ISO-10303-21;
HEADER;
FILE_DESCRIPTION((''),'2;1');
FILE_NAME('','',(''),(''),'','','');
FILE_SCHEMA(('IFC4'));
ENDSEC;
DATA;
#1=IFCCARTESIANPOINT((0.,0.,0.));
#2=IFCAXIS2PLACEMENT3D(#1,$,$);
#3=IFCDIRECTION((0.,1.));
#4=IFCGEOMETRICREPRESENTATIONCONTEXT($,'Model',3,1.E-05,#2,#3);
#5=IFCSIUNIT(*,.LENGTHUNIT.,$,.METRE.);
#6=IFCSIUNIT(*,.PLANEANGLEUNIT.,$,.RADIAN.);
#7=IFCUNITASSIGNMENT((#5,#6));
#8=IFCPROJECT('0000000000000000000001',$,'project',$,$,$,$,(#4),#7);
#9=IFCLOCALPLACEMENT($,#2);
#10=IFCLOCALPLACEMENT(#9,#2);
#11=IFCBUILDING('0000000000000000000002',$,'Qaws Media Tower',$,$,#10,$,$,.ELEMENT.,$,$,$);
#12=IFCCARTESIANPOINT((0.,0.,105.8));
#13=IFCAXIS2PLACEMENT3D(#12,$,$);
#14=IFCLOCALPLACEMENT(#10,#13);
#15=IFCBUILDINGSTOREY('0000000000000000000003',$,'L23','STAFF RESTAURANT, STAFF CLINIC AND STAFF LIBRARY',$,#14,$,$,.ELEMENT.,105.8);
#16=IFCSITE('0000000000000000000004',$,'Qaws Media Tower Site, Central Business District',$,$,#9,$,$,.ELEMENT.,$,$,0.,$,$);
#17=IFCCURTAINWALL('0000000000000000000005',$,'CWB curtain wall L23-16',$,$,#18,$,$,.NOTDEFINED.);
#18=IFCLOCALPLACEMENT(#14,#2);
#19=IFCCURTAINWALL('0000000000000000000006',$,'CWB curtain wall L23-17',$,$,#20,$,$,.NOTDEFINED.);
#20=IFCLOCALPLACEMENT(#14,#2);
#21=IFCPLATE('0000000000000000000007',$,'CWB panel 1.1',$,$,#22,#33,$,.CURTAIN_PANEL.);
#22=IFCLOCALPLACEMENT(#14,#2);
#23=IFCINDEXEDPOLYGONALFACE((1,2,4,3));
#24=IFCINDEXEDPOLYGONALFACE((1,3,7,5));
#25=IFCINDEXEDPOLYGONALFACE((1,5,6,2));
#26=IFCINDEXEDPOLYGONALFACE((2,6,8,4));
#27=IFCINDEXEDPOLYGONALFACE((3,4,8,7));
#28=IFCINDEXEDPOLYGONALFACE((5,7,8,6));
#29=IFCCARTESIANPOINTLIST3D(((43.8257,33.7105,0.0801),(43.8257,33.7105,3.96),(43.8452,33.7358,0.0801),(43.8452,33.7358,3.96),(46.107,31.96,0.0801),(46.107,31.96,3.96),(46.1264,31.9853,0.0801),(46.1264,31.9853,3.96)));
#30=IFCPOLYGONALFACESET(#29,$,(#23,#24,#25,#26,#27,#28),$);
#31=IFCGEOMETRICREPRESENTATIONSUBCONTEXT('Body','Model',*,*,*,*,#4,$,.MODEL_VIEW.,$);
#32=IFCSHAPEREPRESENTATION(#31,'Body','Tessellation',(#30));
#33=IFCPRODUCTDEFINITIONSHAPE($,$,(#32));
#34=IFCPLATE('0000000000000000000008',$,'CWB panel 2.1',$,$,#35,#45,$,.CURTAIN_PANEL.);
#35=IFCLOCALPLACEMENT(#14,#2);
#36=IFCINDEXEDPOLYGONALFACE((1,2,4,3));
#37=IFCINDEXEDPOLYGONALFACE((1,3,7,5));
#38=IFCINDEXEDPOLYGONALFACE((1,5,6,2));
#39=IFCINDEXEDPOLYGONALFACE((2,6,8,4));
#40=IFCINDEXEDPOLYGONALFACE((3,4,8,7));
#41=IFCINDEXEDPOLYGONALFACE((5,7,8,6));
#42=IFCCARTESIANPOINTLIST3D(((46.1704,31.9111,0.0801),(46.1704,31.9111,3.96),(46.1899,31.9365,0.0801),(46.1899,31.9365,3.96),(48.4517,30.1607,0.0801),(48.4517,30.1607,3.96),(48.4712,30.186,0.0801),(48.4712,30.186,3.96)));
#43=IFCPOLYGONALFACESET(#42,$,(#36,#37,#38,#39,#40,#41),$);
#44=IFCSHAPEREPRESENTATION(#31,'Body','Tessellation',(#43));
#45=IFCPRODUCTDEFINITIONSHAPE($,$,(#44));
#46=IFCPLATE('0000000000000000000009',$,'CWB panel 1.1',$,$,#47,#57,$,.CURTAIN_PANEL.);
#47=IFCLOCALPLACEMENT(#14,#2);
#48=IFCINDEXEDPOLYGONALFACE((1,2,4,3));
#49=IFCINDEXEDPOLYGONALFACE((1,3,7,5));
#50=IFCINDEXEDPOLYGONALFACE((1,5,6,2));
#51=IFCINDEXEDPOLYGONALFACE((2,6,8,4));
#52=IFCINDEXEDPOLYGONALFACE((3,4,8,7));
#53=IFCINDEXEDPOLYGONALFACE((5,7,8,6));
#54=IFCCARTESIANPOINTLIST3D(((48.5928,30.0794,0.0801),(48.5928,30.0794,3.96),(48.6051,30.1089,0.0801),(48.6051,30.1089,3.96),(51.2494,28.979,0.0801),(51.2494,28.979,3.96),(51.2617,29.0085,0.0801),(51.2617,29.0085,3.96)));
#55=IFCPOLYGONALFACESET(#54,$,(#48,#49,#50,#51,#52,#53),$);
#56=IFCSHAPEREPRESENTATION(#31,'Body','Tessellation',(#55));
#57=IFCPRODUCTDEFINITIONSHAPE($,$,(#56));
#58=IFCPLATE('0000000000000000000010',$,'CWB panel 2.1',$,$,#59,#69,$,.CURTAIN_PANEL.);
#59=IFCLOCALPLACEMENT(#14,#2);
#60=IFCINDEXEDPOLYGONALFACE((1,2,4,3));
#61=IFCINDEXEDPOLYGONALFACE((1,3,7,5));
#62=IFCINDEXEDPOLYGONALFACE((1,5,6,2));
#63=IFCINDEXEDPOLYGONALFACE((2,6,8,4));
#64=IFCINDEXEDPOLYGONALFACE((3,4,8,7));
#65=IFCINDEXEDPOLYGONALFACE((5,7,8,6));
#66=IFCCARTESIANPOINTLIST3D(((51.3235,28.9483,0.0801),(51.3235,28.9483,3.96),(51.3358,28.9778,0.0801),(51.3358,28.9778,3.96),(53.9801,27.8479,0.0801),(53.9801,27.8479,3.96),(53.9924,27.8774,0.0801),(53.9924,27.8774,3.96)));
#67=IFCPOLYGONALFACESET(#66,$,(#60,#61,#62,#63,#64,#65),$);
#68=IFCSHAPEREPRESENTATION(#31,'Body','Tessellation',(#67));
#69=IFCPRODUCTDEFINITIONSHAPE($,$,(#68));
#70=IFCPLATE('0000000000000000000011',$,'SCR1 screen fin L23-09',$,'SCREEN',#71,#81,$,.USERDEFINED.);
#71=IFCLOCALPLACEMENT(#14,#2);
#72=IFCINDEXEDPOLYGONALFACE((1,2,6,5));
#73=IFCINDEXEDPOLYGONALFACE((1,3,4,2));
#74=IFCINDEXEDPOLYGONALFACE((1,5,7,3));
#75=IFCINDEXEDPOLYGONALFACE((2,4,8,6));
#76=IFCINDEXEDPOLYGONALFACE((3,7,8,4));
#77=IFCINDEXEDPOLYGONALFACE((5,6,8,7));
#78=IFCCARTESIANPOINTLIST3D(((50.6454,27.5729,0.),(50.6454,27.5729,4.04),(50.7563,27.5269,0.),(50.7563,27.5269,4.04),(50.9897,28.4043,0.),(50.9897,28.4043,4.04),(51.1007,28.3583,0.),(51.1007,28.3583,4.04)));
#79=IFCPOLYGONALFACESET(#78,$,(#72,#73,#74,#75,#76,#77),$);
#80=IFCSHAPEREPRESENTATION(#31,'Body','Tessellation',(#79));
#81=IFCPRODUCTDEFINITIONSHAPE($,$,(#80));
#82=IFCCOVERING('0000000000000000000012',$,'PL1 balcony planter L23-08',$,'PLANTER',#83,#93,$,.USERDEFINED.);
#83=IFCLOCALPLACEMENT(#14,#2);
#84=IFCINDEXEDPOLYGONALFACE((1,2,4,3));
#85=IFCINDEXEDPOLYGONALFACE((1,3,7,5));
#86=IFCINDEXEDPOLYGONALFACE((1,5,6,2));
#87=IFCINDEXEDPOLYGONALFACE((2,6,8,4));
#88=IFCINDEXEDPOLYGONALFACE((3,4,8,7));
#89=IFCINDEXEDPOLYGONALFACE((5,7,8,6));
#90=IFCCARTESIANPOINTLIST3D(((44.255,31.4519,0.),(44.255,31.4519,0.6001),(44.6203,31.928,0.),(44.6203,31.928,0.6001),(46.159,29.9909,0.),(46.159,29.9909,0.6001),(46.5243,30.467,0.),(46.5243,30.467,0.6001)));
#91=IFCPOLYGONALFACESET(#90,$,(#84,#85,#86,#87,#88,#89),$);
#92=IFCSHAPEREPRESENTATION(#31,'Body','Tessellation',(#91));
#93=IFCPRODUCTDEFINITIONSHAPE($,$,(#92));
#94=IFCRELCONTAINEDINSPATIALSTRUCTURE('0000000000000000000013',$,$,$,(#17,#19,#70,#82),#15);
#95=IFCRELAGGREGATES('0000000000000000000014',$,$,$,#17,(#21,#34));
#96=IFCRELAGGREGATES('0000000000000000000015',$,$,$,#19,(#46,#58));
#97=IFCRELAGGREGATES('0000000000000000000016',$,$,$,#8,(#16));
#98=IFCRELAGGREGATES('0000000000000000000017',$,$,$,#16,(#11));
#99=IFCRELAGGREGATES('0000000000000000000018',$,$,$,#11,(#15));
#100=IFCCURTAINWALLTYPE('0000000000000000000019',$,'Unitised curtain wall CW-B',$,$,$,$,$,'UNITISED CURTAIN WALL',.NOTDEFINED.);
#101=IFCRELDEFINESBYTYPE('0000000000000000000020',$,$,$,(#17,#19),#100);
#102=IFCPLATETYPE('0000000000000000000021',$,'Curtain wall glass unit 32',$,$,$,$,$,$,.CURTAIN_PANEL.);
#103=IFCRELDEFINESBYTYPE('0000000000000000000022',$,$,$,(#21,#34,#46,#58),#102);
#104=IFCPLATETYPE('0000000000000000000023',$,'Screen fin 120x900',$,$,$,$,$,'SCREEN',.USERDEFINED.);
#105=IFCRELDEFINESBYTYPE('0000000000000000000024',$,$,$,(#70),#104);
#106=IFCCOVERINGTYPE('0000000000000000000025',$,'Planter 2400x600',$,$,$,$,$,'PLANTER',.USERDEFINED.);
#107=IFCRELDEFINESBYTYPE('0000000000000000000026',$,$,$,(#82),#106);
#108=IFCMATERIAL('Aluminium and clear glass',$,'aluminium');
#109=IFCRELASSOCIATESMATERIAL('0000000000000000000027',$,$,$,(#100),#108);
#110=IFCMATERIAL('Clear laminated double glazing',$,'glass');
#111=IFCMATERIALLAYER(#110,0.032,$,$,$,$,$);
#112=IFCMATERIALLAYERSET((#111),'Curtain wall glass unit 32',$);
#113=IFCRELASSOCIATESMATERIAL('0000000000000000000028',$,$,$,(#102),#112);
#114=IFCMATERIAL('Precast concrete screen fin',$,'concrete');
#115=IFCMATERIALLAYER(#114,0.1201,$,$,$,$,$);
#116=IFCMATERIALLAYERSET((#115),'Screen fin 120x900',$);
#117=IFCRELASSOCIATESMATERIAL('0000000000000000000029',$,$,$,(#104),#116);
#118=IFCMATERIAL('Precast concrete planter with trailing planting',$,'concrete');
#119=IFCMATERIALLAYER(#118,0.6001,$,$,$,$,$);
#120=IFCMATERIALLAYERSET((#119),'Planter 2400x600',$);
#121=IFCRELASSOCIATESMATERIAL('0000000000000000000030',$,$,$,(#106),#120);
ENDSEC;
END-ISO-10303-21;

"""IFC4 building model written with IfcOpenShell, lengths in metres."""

from ifc_helpers import new_model, si_unit, direction, frame, origin, origin_2d, place, context, subcontext, project, spatial, rectangle, extrude, material, layer, layer_set, type_object, element, aggregate, save


model = new_model("IFC4")

# Units and contexts
model_context = context("Model", 3, precision=1e-05, world=origin(), true_north=direction((0.0, 1.0)))
body_context = subcontext(model_context, "Body", "Model", "MODEL_VIEW")
ifc_project = project(units=[si_unit("LENGTHUNIT", "METRE"), si_unit("PLANEANGLEUNIT", "RADIAN")], contexts=[model_context])

# Site, building, storey
site_placement = place(None, origin())
site = spatial("IfcSite", under=ifc_project, at=site_placement, Name="Qaws Media Tower Site, Central Business District", CompositionType="ELEMENT", RefElevation=0.0)
building_placement = place(site_placement, origin())
building = spatial("IfcBuilding", under=site, at=building_placement, Name="Qaws Media Tower", CompositionType="ELEMENT")
storey_placement = place(building_placement, frame((0.0, 0.0, 105.8)))
storey = spatial("IfcBuildingStorey", under=building, at=storey_placement, Name="L23", Description="STAFF RESTAURANT, STAFF CLINIC AND STAFF LIBRARY", CompositionType="ELEMENT", Elevation=105.8)

# Curtain walls
ifc_material_1 = material(Name="Aluminium and clear glass", Category="aluminium")
curtain_wall_type = type_object("IfcCurtainWallType", Name="Unitised curtain wall CW-B", ElementType="UNITISED CURTAIN WALL", PredefinedType="NOTDEFINED", material=ifc_material_1)
curtain_wall_1_placement = place(storey_placement, origin())
curtain_wall_1 = element("IfcCurtainWall", 1, at=curtain_wall_1_placement, inside=storey, type_object=curtain_wall_type, Name="CWB curtain wall L23-16", PredefinedType="NOTDEFINED")
curtain_wall_2_placement = place(storey_placement, origin())
curtain_wall_2 = element("IfcCurtainWall", 2, at=curtain_wall_2_placement, inside=storey, type_object=curtain_wall_type, Name="CWB curtain wall L23-17", PredefinedType="NOTDEFINED")

# Plates
ifc_material_2 = material(Name="Clear laminated double glazing", Category="glass")
ifc_layer_1 = layer(ifc_material_2, 0.032)
ifc_layer_set_1 = layer_set([ifc_layer_1], Name="Curtain wall glass unit 32")
plate_type_1 = type_object("IfcPlateType", Name="Curtain wall glass unit 32", PredefinedType="CURTAIN_PANEL", material=ifc_layer_set_1)
plate_1_placement = place(storey_placement, frame((44.9761, 32.8479, 0.0801), z_axis=(0.0, 0.0, 1.0), x_axis=(0.793353, -0.608761, 0.0)))
plate_1 = element("IfcPlate", 3, at=plate_1_placement, type_object=plate_type_1, Name="CWB panel 1.1", PredefinedType="CURTAIN_PANEL", context=body_context, shape_type="SweptSolid", body=[
    extrude(rectangle(XDim=2.8755, YDim=0.032, at=origin_2d()), origin(), (0.0, 0.0, 1.0), 3.8799),
])
plate_2_placement = place(storey_placement, frame((47.3208, 31.0486, 0.0801), z_axis=(0.0, 0.0, 1.0), x_axis=(0.793353, -0.608761, 0.0)))
plate_2 = element("IfcPlate", 4, at=plate_2_placement, type_object=plate_type_1, Name="CWB panel 2.1", PredefinedType="CURTAIN_PANEL", context=body_context, shape_type="SweptSolid", body=[
    extrude(rectangle(XDim=2.8755, YDim=0.032, at=origin_2d()), origin(), (0.0, 0.0, 1.0), 3.8799),
])
aggregate(curtain_wall_1, [plate_1, plate_2])
plate_3_placement = place(storey_placement, frame((49.9272, 29.5439, 0.0801), z_axis=(0.0, 0.0, 1.0), x_axis=(0.92388, -0.382683, 0.0)))
plate_3 = element("IfcPlate", 5, at=plate_3_placement, type_object=plate_type_1, Name="CWB panel 1.1", PredefinedType="CURTAIN_PANEL", context=body_context, shape_type="SweptSolid", body=[
    extrude(rectangle(XDim=2.8755, YDim=0.032, at=origin_2d()), origin(), (0.0, 0.0, 1.0), 3.8799),
])
plate_4_placement = place(storey_placement, frame((52.658, 28.4128, 0.0801), z_axis=(0.0, 0.0, 1.0), x_axis=(0.92388, -0.382683, 0.0)))
plate_4 = element("IfcPlate", 6, at=plate_4_placement, type_object=plate_type_1, Name="CWB panel 2.1", PredefinedType="CURTAIN_PANEL", context=body_context, shape_type="SweptSolid", body=[
    extrude(rectangle(XDim=2.8755, YDim=0.032, at=origin_2d()), origin(), (0.0, 0.0, 1.0), 3.8799),
])
aggregate(curtain_wall_2, [plate_3, plate_4])
ifc_material_3 = material(Name="Precast concrete screen fin", Category="concrete")
ifc_layer_2 = layer(ifc_material_3, 0.1201)
ifc_layer_set_2 = layer_set([ifc_layer_2], Name="Screen fin 120x900")
plate_type_2 = type_object("IfcPlateType", Name="Screen fin 120x900", ElementType="SCREEN", PredefinedType="USERDEFINED", material=ifc_layer_set_2)
plate_5_placement = place(storey_placement, frame((50.873, 27.9656, 0.0), z_axis=(0.0, 0.0, 1.0), x_axis=(-0.382683, -0.92388, 0.0)))
element("IfcPlate", 7, at=plate_5_placement, inside=storey, type_object=plate_type_2, Name="SCR1 screen fin L23-09", ObjectType="SCREEN", PredefinedType="USERDEFINED", context=body_context, shape_type="SweptSolid", body=[
    extrude(rectangle(XDim=0.8999, YDim=0.1201, at=origin_2d()), origin(), (0.0, 0.0, 1.0), 4.04),
])

# Covering
ifc_material_4 = material(Name="Precast concrete planter with trailing planting", Category="concrete")
ifc_layer_3 = layer(ifc_material_4, 0.6001)
ifc_layer_set_3 = layer_set([ifc_layer_3], Name="Planter 2400x600")
covering_type = type_object("IfcCoveringType", Name="Planter 2400x600", ElementType="PLANTER", PredefinedType="USERDEFINED", material=ifc_layer_set_3)
covering_placement = place(storey_placement, frame((45.3896, 30.9595, 0.0), z_axis=(0.0, 0.0, 1.0), x_axis=(0.793353, -0.608761, 0.0)))
element("IfcCovering", 8, at=covering_placement, inside=storey, type_object=covering_type, Name="PL1 balcony planter L23-08", ObjectType="PLANTER", PredefinedType="USERDEFINED", context=body_context, shape_type="SweptSolid", body=[
    extrude(rectangle(XDim=2.3999, YDim=0.6001, at=origin_2d()), origin(), (0.0, 0.0, 1.0), 0.6001),
])

save(model, "model.ifc")
